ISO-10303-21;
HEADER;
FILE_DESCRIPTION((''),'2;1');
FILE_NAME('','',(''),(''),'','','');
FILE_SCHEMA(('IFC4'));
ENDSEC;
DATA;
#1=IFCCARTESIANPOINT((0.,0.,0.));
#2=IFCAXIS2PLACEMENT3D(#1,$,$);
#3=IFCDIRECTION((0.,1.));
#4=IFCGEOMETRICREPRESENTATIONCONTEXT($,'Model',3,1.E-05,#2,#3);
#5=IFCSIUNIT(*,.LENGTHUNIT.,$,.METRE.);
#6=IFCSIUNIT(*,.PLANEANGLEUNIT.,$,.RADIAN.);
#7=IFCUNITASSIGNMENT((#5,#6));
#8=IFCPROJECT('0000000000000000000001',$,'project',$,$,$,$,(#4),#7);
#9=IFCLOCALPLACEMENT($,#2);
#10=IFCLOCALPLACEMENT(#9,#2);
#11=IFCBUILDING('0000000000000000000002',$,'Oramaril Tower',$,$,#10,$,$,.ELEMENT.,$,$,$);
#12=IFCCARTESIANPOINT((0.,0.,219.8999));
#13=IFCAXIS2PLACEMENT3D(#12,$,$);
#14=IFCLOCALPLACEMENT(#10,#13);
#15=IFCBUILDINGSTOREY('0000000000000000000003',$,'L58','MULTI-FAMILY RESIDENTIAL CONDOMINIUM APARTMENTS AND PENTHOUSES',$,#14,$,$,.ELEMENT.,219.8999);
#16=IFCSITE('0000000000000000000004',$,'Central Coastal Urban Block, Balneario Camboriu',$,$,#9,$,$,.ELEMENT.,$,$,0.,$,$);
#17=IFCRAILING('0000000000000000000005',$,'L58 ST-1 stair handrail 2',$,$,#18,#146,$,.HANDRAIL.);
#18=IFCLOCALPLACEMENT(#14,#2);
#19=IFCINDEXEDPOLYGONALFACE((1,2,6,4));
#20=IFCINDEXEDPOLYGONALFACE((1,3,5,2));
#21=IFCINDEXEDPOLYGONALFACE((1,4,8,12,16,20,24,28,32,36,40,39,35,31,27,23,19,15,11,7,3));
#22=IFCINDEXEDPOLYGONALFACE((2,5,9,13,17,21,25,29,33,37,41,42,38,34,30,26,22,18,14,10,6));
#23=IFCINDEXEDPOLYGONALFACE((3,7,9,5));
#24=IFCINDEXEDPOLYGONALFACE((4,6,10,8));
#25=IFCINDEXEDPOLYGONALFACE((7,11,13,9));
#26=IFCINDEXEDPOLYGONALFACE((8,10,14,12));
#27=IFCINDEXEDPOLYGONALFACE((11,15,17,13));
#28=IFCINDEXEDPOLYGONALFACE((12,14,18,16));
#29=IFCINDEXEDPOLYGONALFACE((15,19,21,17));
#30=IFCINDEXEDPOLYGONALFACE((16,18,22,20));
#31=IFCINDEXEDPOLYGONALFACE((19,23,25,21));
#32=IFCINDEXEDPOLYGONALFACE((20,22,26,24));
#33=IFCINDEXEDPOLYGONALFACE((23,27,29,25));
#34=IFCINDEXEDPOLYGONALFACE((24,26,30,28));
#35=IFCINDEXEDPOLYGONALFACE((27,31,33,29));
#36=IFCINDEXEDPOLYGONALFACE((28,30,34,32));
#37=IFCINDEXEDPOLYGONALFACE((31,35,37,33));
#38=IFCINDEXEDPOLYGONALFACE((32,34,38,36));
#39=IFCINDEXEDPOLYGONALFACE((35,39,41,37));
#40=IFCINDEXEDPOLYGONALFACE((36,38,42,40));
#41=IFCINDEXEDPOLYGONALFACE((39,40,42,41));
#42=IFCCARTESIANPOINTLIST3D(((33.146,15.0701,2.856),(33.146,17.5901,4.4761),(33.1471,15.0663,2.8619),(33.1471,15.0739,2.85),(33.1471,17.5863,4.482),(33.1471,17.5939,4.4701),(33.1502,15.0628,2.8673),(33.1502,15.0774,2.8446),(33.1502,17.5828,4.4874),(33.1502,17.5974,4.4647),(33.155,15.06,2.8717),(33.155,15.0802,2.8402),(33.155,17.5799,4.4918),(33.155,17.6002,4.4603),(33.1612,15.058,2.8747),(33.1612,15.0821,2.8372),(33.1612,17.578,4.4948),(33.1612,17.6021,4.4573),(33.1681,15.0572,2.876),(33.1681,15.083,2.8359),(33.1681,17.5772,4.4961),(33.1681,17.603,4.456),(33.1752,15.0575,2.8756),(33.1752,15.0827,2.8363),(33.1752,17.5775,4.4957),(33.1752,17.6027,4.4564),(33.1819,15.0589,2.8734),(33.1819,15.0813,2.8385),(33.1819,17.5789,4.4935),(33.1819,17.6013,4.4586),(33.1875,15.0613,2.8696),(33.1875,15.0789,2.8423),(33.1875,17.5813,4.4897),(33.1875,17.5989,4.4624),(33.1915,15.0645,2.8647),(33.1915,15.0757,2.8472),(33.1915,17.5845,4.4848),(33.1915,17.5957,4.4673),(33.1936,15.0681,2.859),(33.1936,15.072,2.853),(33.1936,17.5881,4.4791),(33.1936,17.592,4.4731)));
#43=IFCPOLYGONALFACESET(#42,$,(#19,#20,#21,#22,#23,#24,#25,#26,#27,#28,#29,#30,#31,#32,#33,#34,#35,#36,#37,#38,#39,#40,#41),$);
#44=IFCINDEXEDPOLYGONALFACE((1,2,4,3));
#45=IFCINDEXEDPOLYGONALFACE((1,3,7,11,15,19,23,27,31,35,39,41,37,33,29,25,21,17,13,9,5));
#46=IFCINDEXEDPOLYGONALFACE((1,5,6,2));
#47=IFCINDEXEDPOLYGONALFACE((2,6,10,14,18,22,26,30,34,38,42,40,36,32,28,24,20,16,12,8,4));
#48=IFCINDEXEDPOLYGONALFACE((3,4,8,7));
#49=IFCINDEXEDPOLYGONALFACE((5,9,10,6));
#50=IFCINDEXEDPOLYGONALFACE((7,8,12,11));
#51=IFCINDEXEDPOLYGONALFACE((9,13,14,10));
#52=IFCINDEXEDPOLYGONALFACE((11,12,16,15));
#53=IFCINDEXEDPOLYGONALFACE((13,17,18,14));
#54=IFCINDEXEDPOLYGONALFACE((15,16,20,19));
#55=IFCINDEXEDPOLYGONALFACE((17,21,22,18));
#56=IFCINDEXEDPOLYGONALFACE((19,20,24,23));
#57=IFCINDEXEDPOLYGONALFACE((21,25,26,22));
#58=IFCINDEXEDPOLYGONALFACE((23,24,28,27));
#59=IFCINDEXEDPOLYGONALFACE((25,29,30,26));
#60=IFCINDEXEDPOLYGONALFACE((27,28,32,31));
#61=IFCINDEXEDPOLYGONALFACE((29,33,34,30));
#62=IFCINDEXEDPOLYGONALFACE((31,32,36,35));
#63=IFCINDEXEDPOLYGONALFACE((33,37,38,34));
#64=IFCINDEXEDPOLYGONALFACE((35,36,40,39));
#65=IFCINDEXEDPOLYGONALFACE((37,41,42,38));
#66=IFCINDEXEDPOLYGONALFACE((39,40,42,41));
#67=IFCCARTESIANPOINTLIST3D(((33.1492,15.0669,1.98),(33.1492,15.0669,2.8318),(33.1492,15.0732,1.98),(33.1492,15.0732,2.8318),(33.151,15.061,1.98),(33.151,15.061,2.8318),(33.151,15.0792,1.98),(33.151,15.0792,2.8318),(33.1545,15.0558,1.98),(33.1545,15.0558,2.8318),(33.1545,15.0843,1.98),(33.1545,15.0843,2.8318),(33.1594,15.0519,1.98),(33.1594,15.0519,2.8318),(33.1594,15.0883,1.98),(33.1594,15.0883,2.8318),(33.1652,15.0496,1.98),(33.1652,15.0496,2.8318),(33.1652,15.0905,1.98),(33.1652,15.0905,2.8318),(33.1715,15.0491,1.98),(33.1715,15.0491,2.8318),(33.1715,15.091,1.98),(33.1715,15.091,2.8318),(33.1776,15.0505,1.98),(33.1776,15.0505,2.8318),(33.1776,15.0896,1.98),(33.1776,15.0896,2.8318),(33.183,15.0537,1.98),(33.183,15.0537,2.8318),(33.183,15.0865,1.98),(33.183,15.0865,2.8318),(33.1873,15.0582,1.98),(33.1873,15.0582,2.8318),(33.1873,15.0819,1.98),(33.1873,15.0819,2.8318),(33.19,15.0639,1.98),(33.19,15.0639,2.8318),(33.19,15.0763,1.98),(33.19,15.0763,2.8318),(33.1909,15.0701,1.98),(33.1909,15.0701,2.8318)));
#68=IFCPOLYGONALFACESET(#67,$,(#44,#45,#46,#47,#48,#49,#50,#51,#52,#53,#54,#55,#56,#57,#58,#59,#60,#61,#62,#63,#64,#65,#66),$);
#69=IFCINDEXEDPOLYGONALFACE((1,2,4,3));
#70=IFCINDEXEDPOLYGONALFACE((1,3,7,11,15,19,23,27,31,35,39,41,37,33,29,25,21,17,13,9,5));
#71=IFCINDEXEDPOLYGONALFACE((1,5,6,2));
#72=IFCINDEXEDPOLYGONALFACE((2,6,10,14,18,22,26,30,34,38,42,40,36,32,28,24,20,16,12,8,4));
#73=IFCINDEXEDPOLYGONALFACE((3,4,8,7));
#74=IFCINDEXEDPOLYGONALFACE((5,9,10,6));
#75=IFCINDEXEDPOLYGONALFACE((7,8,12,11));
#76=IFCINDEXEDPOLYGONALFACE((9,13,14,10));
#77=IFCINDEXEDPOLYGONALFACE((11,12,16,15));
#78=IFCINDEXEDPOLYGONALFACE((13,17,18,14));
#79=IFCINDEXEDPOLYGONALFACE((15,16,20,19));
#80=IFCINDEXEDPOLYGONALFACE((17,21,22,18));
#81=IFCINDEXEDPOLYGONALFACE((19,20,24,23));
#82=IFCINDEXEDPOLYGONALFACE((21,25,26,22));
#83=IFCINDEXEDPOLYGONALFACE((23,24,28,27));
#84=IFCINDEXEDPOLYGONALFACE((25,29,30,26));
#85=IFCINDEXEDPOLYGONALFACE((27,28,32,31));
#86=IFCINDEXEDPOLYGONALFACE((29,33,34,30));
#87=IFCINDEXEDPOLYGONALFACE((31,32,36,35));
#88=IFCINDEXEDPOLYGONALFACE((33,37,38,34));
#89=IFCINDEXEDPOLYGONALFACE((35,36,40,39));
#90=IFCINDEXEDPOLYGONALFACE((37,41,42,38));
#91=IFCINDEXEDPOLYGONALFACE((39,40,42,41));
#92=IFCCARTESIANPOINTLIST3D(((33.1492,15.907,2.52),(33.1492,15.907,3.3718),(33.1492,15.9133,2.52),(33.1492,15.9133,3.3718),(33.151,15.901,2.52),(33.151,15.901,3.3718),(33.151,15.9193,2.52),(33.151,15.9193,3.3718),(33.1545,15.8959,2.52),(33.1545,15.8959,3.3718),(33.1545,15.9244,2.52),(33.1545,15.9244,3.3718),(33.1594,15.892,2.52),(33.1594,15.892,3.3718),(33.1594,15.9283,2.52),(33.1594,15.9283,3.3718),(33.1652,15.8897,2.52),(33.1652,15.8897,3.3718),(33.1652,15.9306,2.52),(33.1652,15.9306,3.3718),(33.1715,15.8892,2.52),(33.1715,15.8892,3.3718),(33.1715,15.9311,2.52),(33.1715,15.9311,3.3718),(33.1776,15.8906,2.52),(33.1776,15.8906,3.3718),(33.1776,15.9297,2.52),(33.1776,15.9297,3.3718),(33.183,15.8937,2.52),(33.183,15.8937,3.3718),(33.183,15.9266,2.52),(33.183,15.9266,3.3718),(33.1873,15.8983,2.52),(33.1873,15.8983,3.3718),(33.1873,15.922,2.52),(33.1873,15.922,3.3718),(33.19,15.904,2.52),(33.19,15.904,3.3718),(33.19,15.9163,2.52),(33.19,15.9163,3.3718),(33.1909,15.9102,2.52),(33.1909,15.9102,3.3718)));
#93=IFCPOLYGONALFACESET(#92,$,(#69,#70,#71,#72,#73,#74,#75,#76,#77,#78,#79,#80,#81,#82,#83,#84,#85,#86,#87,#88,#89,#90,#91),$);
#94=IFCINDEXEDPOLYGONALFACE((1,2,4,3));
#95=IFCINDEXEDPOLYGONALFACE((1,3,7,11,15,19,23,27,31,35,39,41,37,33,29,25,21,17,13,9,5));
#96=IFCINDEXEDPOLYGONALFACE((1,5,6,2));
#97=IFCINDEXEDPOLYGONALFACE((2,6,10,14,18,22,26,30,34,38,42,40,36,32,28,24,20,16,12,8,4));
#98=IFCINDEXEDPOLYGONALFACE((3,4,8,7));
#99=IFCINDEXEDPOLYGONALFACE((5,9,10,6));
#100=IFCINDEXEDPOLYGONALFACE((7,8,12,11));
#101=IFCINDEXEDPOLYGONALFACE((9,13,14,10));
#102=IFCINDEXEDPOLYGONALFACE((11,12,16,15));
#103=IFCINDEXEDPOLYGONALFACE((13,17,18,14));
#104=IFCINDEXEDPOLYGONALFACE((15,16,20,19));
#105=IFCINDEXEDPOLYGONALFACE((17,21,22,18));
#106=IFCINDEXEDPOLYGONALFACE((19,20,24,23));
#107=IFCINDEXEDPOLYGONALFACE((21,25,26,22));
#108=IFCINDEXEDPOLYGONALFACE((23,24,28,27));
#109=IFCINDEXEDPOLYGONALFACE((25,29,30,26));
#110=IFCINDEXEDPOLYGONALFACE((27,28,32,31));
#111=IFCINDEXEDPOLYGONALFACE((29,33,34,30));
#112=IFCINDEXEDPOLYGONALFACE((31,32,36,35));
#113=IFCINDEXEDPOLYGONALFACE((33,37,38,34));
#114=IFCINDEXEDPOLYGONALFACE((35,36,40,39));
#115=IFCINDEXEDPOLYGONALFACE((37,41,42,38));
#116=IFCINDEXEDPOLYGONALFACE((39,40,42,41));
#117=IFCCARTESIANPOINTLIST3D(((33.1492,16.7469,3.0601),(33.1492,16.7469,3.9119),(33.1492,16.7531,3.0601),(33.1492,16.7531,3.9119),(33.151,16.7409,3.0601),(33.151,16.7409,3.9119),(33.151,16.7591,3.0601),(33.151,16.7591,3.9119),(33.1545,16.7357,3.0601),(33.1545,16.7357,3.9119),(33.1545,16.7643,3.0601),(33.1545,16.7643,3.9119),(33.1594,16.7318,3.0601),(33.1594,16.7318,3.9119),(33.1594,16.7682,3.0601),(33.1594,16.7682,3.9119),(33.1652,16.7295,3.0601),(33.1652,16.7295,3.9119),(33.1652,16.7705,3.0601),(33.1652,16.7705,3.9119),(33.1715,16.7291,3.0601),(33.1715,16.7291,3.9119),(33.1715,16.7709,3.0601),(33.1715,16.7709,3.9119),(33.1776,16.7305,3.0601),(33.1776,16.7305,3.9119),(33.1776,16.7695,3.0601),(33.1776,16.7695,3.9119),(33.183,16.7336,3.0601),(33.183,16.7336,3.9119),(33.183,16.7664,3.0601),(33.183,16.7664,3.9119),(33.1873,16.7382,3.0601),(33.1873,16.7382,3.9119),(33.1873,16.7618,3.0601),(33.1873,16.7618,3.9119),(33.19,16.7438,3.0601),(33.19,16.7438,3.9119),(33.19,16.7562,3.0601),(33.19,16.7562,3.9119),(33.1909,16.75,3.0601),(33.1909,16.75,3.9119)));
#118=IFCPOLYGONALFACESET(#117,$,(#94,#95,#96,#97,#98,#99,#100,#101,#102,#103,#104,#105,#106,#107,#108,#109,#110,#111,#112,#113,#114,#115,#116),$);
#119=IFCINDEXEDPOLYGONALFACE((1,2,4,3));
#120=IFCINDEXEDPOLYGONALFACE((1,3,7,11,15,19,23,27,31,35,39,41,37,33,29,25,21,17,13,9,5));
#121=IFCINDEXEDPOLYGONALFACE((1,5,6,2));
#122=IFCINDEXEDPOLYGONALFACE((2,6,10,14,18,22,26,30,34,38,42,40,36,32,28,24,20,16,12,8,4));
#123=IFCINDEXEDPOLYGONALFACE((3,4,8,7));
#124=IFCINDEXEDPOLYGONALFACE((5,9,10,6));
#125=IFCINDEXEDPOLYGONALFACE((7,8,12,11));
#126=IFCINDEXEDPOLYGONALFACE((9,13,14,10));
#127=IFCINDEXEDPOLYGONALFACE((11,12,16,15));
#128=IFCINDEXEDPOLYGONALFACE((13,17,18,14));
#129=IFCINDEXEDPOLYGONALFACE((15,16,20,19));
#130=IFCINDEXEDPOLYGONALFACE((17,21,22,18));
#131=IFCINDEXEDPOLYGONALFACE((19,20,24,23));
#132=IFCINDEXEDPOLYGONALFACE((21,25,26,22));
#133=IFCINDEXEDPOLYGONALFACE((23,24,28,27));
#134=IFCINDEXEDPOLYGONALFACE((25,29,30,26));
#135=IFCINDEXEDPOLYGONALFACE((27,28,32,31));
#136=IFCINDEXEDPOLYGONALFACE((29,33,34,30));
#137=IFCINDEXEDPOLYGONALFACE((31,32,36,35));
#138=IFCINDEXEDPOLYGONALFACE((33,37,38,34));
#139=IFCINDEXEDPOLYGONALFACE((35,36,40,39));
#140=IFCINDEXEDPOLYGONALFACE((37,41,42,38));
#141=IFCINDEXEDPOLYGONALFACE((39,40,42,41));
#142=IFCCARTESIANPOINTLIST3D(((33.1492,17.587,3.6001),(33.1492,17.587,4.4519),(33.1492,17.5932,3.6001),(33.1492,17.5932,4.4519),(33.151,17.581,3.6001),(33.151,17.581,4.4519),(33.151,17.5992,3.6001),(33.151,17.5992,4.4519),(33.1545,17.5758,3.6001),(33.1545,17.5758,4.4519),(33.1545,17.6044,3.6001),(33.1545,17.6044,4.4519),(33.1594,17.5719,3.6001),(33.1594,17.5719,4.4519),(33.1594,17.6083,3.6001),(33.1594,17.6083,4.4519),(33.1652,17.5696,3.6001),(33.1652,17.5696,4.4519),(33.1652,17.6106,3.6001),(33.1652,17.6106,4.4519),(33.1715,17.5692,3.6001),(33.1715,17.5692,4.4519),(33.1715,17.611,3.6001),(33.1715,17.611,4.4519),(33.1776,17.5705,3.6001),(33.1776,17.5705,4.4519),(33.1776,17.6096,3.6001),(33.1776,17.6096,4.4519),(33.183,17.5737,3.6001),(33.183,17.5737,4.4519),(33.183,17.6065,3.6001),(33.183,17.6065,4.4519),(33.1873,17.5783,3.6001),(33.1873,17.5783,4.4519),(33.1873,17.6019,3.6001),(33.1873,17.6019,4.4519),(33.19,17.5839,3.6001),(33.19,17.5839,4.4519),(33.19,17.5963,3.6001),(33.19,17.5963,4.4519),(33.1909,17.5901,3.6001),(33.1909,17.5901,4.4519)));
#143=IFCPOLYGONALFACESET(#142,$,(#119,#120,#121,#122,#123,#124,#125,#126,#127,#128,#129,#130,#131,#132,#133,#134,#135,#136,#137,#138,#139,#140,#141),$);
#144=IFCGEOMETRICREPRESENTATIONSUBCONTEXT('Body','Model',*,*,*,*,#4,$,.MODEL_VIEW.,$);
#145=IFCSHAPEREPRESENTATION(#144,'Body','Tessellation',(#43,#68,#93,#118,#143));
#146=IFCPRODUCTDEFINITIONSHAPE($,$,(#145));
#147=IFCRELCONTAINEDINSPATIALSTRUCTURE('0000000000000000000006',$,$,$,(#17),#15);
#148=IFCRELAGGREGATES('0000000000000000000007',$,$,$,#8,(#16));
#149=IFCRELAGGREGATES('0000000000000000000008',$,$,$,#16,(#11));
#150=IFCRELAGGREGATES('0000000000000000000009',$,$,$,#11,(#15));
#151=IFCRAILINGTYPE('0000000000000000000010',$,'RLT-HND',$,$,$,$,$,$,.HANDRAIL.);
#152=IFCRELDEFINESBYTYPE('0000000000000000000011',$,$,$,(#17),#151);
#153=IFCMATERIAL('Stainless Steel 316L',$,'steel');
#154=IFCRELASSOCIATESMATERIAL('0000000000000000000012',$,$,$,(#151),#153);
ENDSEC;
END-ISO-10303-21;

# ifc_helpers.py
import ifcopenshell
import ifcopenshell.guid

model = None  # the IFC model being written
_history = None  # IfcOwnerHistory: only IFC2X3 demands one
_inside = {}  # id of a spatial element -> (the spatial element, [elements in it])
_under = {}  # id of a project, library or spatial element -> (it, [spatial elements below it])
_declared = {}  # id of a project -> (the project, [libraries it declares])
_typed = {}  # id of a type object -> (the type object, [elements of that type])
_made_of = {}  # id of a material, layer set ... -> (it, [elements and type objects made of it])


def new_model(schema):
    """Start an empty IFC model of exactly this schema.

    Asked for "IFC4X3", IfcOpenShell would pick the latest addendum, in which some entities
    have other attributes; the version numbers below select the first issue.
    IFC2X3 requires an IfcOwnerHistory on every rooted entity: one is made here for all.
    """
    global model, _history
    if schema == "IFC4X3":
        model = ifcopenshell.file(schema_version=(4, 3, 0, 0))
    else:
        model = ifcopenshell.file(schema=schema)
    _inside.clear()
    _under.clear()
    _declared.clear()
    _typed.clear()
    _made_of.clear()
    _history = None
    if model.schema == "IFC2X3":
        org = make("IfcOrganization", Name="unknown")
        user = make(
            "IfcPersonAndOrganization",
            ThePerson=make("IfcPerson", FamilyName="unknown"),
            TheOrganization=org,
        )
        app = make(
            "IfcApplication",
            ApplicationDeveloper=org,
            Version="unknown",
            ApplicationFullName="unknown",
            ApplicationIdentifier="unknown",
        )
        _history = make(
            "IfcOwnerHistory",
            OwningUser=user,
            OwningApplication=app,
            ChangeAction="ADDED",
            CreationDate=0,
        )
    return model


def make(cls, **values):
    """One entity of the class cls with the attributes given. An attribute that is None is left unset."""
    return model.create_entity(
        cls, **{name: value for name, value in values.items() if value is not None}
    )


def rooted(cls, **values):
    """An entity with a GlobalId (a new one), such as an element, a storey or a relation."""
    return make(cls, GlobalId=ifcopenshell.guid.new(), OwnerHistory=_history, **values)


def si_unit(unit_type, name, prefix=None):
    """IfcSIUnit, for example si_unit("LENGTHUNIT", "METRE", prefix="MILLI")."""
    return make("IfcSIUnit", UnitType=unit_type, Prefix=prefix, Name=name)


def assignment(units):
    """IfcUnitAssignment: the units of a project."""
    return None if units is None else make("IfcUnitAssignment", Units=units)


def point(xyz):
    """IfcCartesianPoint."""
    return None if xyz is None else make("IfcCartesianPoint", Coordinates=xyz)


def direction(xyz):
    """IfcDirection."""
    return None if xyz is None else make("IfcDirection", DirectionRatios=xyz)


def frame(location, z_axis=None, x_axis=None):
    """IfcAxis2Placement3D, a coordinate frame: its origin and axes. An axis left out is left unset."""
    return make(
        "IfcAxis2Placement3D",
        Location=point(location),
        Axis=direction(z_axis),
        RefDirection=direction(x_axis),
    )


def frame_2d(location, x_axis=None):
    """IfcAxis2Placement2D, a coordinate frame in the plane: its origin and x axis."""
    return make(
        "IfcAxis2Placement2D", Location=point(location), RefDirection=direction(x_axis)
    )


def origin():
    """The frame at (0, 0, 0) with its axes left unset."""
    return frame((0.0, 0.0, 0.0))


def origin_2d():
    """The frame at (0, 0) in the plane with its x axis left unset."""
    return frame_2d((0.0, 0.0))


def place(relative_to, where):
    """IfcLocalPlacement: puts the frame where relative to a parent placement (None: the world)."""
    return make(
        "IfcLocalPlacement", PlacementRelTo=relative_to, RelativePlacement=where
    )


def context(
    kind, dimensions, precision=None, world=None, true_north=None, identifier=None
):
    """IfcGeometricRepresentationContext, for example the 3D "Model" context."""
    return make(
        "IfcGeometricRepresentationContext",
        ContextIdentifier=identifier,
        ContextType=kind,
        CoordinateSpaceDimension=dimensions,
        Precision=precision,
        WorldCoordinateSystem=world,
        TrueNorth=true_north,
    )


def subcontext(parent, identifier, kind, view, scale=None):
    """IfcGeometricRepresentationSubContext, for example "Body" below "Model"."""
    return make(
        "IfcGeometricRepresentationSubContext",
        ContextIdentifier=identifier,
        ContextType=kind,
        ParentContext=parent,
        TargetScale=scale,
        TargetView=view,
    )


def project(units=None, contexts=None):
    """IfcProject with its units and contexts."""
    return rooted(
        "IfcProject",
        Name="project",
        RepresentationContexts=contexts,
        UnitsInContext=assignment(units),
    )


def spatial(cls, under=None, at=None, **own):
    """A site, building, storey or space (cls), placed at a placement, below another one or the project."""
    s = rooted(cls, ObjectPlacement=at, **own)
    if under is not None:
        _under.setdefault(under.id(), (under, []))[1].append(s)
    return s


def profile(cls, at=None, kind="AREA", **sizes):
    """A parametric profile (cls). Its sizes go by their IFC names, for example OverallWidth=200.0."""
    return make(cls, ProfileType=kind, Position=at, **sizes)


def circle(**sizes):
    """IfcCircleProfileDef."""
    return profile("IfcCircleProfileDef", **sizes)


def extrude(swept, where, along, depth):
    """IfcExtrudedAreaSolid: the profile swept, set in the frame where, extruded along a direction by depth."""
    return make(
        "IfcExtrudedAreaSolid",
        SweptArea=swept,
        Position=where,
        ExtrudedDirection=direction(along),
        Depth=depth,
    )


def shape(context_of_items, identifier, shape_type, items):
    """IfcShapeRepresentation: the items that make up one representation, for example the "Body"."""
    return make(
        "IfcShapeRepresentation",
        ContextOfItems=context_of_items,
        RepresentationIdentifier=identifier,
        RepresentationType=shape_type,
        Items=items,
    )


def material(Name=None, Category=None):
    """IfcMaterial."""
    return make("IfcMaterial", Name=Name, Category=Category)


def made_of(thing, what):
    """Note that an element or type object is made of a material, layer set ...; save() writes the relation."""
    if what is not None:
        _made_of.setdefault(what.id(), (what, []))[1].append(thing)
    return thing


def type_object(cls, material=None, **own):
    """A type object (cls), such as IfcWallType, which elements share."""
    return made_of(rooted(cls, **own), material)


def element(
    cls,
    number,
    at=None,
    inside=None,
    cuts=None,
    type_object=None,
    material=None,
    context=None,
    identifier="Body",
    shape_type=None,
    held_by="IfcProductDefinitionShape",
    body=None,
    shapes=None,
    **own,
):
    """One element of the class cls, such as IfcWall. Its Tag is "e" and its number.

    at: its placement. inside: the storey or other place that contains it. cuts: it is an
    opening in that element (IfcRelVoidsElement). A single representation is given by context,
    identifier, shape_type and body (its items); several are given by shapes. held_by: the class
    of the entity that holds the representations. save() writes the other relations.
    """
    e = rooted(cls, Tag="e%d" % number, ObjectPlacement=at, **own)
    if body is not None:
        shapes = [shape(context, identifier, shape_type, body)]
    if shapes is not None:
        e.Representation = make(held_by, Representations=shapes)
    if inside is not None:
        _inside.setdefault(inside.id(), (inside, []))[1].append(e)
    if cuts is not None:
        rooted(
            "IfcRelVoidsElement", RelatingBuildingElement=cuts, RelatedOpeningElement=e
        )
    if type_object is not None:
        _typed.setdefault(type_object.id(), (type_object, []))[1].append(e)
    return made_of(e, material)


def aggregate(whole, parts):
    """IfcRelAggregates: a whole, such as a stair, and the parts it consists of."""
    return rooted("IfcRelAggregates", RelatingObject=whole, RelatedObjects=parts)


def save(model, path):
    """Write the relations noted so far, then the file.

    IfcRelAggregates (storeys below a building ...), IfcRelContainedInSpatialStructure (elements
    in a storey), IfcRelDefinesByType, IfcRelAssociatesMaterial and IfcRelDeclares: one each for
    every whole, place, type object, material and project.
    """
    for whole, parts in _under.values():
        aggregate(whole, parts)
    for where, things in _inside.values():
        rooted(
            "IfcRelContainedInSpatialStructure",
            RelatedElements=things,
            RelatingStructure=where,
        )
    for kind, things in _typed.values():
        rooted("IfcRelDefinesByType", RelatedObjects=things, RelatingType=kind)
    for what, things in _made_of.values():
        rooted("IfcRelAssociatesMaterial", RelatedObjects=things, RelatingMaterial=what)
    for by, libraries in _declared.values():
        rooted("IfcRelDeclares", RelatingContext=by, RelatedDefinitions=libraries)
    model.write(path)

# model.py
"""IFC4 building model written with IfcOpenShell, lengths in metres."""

from ifc_helpers import new_model, si_unit, direction, frame, origin, origin_2d, place, context, subcontext, project, spatial, circle, extrude, material, type_object, element, save


model = new_model("IFC4")

# Units and contexts
model_context = context("Model", 3, precision=1e-05, world=origin(), true_north=direction((0.0, 1.0)))
body_context = subcontext(model_context, "Body", "Model", "MODEL_VIEW")
ifc_project = project(units=[si_unit("LENGTHUNIT", "METRE"), si_unit("PLANEANGLEUNIT", "RADIAN")], contexts=[model_context])

# Site, building, storey
site_placement = place(None, origin())
site = spatial("IfcSite", under=ifc_project, at=site_placement, Name="Central Coastal Urban Block, Balneario Camboriu", CompositionType="ELEMENT", RefElevation=0.0)
building_placement = place(site_placement, origin())
building = spatial("IfcBuilding", under=site, at=building_placement, Name="Oramaril Tower", CompositionType="ELEMENT")
storey_placement = place(building_placement, frame((0.0, 0.0, 219.8999)))
storey = spatial("IfcBuildingStorey", under=building, at=storey_placement, Name="L58", Description="MULTI-FAMILY RESIDENTIAL CONDOMINIUM APARTMENTS AND PENTHOUSES", CompositionType="ELEMENT", Elevation=219.8999)

# Railing
ifc_material_1 = material(Name="Stainless Steel 316L", Category="steel")
railing_type_1 = type_object("IfcRailingType", Name="RLT-HND", PredefinedType="HANDRAIL", material=ifc_material_1)
railing_1_placement = place(storey_placement, frame((33.1699, 15.0701, 1.98)))
element("IfcRailing", 1, at=railing_1_placement, inside=storey, type_object=railing_type_1, Name="L58 ST-1 stair handrail 2", PredefinedType="HANDRAIL", context=body_context, shape_type="SweptSolid", body=[
    extrude(circle(Radius=0.0239, at=origin_2d()), frame((0.0, 0.0, 0.876), z_axis=(0.0, 0.841163, 0.540782), x_axis=(-1.0, 0.0, 0.0)), (0.0, 0.0, 1.0), 2.9958),
    extrude(circle(Radius=0.021, at=origin_2d()), origin(), (0.0, 0.0, 1.0), 0.8518),
    extrude(circle(Radius=0.021, at=origin_2d()), frame((0.0, 0.8401, 0.54)), (0.0, 0.0, 1.0), 0.8518),
    extrude(circle(Radius=0.021, at=origin_2d()), frame((0.0, 1.6799, 1.0801)), (0.0, 0.0, 1.0), 0.8518),
    extrude(circle(Radius=0.021, at=origin_2d()), frame((0.0, 2.52, 1.6201)), (0.0, 0.0, 1.0), 0.8518),
])

save(model, "model.ifc")
